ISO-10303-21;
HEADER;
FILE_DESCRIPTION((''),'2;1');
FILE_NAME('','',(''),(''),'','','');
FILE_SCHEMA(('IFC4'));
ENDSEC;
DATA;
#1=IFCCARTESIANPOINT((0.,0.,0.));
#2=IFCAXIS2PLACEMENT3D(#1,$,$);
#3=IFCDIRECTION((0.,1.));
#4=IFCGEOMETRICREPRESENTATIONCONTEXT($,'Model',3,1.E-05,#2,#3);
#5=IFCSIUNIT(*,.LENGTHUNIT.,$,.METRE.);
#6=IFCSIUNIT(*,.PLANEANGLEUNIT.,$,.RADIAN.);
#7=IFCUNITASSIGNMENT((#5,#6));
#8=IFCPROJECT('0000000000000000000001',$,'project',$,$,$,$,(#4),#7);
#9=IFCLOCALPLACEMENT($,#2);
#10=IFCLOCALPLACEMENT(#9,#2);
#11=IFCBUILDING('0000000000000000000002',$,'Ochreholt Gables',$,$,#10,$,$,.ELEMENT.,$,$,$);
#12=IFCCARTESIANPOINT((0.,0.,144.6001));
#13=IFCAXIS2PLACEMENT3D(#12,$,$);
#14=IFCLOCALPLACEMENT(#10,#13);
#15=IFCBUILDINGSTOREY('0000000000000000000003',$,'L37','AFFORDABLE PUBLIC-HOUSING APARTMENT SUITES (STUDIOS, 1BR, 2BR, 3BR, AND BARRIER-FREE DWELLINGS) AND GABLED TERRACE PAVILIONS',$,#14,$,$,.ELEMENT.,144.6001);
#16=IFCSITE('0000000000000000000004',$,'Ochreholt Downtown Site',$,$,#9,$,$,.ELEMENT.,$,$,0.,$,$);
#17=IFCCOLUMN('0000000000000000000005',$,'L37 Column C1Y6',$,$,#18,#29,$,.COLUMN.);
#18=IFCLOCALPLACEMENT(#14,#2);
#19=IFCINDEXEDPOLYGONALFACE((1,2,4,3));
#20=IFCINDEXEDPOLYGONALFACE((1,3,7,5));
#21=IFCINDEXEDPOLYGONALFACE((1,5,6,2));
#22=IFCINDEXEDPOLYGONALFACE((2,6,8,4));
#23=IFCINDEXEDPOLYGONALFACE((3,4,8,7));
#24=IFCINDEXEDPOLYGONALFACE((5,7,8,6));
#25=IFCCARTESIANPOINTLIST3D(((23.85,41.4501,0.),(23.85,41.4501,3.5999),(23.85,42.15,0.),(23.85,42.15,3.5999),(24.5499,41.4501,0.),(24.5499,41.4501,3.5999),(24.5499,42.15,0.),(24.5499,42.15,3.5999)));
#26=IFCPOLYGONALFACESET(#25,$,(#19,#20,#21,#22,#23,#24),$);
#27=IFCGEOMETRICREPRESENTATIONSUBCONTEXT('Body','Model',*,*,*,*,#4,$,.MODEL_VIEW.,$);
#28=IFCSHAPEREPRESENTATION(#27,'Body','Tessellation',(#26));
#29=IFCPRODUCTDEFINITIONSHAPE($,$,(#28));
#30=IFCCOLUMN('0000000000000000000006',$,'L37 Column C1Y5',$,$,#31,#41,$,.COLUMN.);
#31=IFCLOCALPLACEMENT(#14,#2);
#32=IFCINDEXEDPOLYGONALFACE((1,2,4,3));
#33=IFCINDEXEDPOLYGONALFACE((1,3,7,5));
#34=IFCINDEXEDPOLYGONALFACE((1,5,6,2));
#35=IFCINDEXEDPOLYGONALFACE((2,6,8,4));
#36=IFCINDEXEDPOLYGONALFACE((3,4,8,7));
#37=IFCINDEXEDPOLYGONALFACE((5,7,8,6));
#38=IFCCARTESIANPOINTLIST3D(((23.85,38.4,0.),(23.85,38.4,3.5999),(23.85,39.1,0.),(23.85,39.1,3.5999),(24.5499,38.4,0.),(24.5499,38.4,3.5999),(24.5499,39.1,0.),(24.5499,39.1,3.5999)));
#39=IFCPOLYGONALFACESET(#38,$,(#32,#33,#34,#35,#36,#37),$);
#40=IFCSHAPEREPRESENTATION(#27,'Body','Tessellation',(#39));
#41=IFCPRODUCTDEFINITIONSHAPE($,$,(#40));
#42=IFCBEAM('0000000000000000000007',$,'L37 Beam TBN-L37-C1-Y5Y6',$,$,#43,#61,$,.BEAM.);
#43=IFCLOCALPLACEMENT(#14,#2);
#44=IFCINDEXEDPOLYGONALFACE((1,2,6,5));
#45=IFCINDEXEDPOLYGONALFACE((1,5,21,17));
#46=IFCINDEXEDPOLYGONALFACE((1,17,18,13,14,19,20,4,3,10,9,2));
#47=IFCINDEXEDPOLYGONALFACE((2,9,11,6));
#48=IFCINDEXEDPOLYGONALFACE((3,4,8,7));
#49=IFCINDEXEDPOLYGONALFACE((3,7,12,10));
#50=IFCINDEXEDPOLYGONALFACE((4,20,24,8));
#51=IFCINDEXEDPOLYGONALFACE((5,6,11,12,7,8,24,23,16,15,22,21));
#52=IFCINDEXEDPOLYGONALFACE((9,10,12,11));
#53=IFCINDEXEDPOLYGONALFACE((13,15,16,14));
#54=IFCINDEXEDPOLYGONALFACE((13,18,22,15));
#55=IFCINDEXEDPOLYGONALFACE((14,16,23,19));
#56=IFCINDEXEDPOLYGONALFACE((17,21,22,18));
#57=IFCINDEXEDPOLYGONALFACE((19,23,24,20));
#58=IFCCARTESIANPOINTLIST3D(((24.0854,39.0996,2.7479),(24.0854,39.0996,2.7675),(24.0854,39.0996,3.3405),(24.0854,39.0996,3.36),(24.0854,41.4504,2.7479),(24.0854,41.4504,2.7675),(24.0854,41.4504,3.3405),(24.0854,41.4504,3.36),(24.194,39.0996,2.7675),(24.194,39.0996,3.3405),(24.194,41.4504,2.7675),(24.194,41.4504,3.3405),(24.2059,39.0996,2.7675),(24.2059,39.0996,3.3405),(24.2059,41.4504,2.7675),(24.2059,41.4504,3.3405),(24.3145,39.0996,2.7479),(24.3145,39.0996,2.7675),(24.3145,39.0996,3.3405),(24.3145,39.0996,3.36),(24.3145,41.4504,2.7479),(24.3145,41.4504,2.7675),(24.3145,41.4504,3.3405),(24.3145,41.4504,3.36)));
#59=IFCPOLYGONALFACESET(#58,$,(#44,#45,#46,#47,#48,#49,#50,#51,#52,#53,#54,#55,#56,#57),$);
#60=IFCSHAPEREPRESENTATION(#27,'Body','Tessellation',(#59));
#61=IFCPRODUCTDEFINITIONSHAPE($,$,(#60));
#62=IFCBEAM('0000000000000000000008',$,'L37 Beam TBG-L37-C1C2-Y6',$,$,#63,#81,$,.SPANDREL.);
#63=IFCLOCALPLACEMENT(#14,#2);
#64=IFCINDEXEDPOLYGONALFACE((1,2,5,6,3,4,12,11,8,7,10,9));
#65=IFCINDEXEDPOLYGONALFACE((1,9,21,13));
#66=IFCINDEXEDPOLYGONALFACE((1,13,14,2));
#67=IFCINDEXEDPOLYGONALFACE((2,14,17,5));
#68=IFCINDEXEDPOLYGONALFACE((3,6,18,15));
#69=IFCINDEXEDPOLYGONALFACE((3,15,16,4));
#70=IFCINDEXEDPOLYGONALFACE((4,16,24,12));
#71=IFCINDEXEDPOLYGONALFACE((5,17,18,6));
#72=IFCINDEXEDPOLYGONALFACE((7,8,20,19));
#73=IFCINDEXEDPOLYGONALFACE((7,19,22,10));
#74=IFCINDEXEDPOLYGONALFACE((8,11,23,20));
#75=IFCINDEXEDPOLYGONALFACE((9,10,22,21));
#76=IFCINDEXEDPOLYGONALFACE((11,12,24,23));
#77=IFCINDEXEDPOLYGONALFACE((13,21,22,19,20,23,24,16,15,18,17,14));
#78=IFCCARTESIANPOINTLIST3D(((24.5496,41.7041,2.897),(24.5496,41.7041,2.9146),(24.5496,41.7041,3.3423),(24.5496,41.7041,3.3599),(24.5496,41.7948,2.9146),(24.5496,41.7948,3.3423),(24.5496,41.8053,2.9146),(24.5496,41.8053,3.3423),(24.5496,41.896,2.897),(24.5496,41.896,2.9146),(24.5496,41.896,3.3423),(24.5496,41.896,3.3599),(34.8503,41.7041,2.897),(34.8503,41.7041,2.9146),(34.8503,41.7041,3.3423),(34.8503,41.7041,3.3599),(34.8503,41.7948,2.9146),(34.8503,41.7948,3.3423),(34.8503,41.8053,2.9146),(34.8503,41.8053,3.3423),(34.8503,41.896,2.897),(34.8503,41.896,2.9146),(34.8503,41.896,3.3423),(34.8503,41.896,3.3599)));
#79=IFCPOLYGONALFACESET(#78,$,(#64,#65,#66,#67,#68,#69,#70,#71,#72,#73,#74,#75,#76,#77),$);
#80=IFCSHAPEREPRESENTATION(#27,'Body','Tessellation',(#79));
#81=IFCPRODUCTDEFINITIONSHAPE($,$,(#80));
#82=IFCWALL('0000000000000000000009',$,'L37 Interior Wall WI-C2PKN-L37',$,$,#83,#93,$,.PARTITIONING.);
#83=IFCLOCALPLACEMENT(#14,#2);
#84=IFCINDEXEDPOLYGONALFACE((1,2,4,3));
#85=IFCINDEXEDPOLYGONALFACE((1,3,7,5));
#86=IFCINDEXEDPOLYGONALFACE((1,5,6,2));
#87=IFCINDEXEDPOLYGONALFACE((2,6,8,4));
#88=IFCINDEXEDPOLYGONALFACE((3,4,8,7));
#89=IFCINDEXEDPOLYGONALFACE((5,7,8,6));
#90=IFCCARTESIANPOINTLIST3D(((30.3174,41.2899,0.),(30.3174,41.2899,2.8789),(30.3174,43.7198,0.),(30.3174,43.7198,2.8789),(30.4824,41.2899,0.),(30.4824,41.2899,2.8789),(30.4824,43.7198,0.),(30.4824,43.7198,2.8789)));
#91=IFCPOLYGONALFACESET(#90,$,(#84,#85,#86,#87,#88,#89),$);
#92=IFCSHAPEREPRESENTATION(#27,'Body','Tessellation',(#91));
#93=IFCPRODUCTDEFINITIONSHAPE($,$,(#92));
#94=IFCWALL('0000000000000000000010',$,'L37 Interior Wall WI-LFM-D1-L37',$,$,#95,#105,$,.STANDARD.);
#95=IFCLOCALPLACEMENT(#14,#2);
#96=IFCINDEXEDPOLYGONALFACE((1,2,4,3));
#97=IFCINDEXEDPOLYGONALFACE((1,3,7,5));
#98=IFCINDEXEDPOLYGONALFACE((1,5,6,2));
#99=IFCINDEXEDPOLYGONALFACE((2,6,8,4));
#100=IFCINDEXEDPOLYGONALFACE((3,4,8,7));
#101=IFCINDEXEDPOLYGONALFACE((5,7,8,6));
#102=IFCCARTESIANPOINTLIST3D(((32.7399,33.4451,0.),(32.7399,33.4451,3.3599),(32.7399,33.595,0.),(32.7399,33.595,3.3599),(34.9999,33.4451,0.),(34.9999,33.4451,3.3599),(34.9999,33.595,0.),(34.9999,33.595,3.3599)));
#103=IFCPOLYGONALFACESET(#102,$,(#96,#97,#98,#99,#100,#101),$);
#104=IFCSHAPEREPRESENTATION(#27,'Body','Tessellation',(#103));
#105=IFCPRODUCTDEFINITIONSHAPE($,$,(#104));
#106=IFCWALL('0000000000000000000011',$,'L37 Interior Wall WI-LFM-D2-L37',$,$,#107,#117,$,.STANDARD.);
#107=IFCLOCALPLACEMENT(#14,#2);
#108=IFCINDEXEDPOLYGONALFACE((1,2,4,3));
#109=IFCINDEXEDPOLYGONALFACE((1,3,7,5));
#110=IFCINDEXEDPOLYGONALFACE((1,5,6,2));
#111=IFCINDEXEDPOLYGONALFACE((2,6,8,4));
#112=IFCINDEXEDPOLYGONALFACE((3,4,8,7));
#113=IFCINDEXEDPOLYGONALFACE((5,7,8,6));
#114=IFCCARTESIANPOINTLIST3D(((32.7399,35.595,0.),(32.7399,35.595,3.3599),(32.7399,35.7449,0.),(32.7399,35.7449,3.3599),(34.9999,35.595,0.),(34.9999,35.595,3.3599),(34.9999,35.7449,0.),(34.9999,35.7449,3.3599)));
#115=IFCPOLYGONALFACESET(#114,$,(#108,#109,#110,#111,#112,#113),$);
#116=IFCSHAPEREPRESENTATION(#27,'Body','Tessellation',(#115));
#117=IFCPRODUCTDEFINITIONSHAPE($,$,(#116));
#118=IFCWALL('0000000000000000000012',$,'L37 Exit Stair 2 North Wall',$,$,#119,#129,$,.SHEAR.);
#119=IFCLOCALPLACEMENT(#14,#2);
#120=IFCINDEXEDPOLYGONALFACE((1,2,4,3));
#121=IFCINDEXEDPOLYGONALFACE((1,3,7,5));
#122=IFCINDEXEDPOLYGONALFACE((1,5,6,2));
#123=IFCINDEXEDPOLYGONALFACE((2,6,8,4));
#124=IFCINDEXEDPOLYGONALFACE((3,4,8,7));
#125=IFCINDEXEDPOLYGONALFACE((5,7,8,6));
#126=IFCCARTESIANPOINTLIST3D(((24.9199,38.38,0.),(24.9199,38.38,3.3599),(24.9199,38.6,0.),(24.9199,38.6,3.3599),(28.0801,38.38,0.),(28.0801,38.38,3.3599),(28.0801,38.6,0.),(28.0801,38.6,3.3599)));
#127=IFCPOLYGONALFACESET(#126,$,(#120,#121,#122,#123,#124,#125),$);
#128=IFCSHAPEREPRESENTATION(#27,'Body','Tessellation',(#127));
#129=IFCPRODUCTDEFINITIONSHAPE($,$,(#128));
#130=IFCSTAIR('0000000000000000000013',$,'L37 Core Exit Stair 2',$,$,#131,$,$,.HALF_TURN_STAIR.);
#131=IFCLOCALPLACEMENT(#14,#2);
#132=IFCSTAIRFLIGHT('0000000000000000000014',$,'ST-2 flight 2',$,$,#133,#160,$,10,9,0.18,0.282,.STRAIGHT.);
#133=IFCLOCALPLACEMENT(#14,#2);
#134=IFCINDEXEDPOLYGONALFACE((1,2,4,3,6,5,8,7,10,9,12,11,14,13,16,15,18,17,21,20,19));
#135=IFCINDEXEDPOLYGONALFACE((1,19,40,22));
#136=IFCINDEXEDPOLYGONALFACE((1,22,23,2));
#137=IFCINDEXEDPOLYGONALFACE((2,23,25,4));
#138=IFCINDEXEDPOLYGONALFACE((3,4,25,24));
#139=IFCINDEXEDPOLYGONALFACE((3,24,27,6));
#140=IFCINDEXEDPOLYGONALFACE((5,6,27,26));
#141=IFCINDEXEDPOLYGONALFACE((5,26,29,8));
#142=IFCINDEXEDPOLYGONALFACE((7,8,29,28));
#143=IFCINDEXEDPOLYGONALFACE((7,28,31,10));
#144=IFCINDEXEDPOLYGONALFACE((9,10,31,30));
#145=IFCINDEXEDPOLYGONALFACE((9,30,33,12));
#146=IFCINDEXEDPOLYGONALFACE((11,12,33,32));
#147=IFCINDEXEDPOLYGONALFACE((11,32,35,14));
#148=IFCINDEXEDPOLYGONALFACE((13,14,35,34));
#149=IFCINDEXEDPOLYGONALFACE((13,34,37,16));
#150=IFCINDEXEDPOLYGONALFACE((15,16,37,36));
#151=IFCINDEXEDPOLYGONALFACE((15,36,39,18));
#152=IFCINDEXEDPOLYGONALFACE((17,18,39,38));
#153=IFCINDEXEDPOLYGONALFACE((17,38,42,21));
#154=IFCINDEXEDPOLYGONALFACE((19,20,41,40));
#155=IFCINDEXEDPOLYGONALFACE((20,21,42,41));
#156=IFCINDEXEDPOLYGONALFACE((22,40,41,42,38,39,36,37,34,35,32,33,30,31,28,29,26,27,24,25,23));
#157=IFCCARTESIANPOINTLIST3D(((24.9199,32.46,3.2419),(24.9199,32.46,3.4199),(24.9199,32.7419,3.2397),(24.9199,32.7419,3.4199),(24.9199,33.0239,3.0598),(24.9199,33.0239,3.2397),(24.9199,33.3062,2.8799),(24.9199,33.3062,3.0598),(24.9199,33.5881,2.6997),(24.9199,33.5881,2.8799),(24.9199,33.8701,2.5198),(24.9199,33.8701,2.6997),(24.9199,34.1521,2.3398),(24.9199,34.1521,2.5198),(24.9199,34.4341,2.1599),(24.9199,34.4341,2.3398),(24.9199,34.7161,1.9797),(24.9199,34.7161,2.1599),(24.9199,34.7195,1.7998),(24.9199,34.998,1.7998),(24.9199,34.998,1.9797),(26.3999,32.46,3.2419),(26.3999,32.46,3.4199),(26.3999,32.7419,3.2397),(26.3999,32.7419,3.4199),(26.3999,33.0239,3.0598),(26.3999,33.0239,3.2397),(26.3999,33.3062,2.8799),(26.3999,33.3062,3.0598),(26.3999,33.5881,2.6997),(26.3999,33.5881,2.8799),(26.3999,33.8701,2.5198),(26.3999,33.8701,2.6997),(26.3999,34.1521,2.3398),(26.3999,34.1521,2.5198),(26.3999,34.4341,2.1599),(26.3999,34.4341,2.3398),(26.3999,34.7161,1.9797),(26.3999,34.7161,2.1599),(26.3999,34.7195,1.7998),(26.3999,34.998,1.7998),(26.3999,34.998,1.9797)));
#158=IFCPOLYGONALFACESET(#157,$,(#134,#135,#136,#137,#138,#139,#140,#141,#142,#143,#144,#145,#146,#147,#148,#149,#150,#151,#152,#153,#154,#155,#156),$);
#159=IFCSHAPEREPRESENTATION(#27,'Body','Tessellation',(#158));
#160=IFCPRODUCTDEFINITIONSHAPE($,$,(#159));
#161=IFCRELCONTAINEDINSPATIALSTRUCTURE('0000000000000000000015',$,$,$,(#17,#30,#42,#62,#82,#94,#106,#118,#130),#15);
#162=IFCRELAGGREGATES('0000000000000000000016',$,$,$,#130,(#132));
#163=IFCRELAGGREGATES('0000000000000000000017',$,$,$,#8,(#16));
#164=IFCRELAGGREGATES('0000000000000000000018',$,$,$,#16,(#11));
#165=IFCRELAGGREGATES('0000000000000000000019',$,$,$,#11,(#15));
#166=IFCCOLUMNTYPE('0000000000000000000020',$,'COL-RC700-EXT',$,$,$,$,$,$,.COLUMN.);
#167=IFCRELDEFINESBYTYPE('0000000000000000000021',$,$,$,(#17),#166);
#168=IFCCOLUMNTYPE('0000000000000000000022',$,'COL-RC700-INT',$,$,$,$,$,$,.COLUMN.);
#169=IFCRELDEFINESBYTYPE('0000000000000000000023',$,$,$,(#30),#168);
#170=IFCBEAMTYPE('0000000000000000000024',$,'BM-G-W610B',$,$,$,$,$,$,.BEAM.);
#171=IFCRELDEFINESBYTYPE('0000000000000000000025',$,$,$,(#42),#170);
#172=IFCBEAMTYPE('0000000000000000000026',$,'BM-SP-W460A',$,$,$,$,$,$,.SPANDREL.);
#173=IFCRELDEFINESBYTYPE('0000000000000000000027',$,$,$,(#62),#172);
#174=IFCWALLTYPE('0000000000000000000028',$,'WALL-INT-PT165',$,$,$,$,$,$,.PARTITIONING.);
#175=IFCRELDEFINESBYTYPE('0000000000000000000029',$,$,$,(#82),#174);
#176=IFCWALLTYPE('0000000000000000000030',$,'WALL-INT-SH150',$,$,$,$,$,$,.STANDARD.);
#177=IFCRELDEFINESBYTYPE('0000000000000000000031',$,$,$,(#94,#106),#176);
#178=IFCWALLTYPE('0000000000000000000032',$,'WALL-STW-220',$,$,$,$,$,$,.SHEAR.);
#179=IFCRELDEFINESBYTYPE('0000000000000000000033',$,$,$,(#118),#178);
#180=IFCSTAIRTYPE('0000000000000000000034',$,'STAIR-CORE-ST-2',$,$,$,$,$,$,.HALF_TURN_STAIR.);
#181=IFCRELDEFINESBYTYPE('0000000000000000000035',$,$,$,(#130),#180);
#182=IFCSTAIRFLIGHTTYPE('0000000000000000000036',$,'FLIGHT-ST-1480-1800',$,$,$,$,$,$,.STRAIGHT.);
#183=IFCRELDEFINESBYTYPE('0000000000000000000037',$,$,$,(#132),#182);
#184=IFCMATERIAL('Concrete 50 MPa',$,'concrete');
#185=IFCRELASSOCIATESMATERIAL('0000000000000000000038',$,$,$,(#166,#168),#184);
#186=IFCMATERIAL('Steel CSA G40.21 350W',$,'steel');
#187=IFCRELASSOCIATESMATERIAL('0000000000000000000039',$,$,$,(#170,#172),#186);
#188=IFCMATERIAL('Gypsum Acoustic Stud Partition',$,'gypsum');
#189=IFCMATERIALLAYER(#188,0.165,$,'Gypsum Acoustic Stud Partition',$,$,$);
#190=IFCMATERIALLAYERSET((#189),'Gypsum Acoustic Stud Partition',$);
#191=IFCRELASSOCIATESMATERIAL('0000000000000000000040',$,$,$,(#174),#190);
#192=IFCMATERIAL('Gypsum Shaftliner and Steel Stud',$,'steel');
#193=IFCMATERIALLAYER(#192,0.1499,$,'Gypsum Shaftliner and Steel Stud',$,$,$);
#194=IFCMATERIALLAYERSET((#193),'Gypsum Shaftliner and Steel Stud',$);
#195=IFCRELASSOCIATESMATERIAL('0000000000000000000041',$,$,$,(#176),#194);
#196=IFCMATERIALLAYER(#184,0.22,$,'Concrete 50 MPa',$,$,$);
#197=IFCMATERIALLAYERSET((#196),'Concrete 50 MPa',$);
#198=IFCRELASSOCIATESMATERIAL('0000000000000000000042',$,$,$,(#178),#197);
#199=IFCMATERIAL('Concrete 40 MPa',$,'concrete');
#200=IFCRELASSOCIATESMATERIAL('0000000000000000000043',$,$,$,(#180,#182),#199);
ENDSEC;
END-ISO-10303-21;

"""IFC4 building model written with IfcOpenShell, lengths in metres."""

from ifc_helpers import new_model, si_unit, direction, frame, frame_2d, origin, origin_2d, place, context, subcontext, project, spatial, polyline, rectangle, i_section, outline, extrude, material, layer, layer_set, material_profile, profile_set, type_object, element, aggregate, save


model = new_model("IFC4")

# Units and contexts
model_context = context("Model", 3, precision=1e-05, world=origin(), true_north=direction((0.0, 1.0)))
body_context = subcontext(model_context, "Body", "Model", "MODEL_VIEW")
ifc_project = project(units=[si_unit("LENGTHUNIT", "METRE"), si_unit("PLANEANGLEUNIT", "RADIAN")], contexts=[model_context])

# Site, building, storey
site_placement = place(None, origin())
site = spatial("IfcSite", under=ifc_project, at=site_placement, Name="Ochreholt Downtown Site", CompositionType="ELEMENT", RefElevation=0.0)
building_placement = place(site_placement, origin())
building = spatial("IfcBuilding", under=site, at=building_placement, Name="Ochreholt Gables", CompositionType="ELEMENT")
storey_placement = place(building_placement, frame((0.0, 0.0, 144.6001)))
storey = spatial("IfcBuildingStorey", under=building, at=storey_placement, Name="L37", Description="AFFORDABLE PUBLIC-HOUSING APARTMENT SUITES (STUDIOS, 1BR, 2BR, 3BR, AND BARRIER-FREE DWELLINGS) AND GABLED TERRACE PAVILIONS", CompositionType="ELEMENT", Elevation=144.6001)

# Columns
ifc_material_1 = material(Name="Concrete 50 MPa", Category="concrete")
ifc_material_profile_1 = material_profile(ifc_material_1, rectangle(XDim=0.7, YDim=0.7, at=origin_2d()), Name="RC700X700")
ifc_profile_set_1 = profile_set([ifc_material_profile_1], Name="Concrete 50 MPa")
column_type_1 = type_object("IfcColumnType", Name="COL-RC700-EXT", PredefinedType="COLUMN", material=ifc_profile_set_1)
column_1_placement = place(storey_placement, frame((24.2, 41.8, 0.0), z_axis=(0.0, 0.0, 1.0), x_axis=(1.0, 0.0, 0.0)))
element("IfcColumn", 1, at=column_1_placement, inside=storey, type_object=column_type_1, Name="L37 Column C1Y6", PredefinedType="COLUMN", context=body_context, shape_type="SweptSolid", body=[
    extrude(rectangle(XDim=0.7, YDim=0.7, at=origin_2d()), origin(), (0.0, 0.0, 1.0), 3.5999),
])
ifc_material_profile_2 = material_profile(ifc_material_1, rectangle(XDim=0.7, YDim=0.7, at=origin_2d()), Name="RC700X700")
ifc_profile_set_2 = profile_set([ifc_material_profile_2], Name="Concrete 50 MPa")
column_type_2 = type_object("IfcColumnType", Name="COL-RC700-INT", PredefinedType="COLUMN", material=ifc_profile_set_2)
column_2_placement = place(storey_placement, frame((24.2, 38.75, 0.0), z_axis=(0.0, 0.0, 1.0), x_axis=(1.0, 0.0, 0.0)))
element("IfcColumn", 2, at=column_2_placement, inside=storey, type_object=column_type_2, Name="L37 Column C1Y5", PredefinedType="COLUMN", context=body_context, shape_type="SweptSolid", body=[
    extrude(rectangle(XDim=0.7, YDim=0.7, at=origin_2d()), origin(), (0.0, 0.0, 1.0), 3.5999),
])

# Beams
ifc_material_2 = material(Name="Steel CSA G40.21 350W", Category="steel")
ifc_material_profile_3 = material_profile(ifc_material_2, i_section(OverallWidth=0.229, OverallDepth=0.6121, WebThickness=0.012, FlangeThickness=0.0195, at=origin_2d()), Name="W610X125")
ifc_profile_set_3 = profile_set([ifc_material_profile_3], Name="Steel CSA G40.21 350W")
beam_type_1 = type_object("IfcBeamType", Name="BM-G-W610B", PredefinedType="BEAM", material=ifc_profile_set_3)
beam_1_placement = place(storey_placement, frame((24.2, 39.0996, 3.054), z_axis=(0.0, 1.0, 0.0), x_axis=(-1.0, 0.0, 0.0)))
element("IfcBeam", 3, at=beam_1_placement, inside=storey, type_object=beam_type_1, Name="L37 Beam TBN-L37-C1-Y5Y6", PredefinedType="BEAM", context=body_context, shape_type="SweptSolid", body=[
    extrude(i_section(OverallWidth=0.229, OverallDepth=0.6121, WebThickness=0.012, FlangeThickness=0.0195, at=origin_2d()), origin(), (0.0, 0.0, 1.0), 2.3508),
])
ifc_material_profile_4 = material_profile(ifc_material_2, i_section(OverallWidth=0.1919, OverallDepth=0.4629, WebThickness=0.0105, FlangeThickness=0.0176, at=origin_2d()), Name="W460X89")
ifc_profile_set_4 = profile_set([ifc_material_profile_4], Name="Steel CSA G40.21 350W")
beam_type_2 = type_object("IfcBeamType", Name="BM-SP-W460A", PredefinedType="SPANDREL", material=ifc_profile_set_4)
beam_2_placement = place(storey_placement, frame((24.5496, 41.8, 3.1284), z_axis=(1.0, 0.0, 0.0), x_axis=(0.0, 1.0, 0.0)))
element("IfcBeam", 4, at=beam_2_placement, inside=storey, type_object=beam_type_2, Name="L37 Beam TBG-L37-C1C2-Y6", PredefinedType="SPANDREL", context=body_context, shape_type="SweptSolid", body=[
    extrude(i_section(OverallWidth=0.1919, OverallDepth=0.4629, WebThickness=0.0105, FlangeThickness=0.0176, at=origin_2d()), origin(), (0.0, 0.0, 1.0), 10.3008),
])

# Walls
ifc_material_3 = material(Name="Gypsum Acoustic Stud Partition", Category="gypsum")
ifc_layer_1 = layer(ifc_material_3, 0.165, Name="Gypsum Acoustic Stud Partition")
ifc_layer_set_1 = layer_set([ifc_layer_1], Name="Gypsum Acoustic Stud Partition")
wall_type_1 = type_object("IfcWallType", Name="WALL-INT-PT165", PredefinedType="PARTITIONING", material=ifc_layer_set_1)
wall_1_placement = place(storey_placement, frame((30.3999, 41.29, 0.0), z_axis=(0.0, 0.0, 1.0), x_axis=(0.0, 1.0, 0.0)))
element("IfcWall", 5, at=wall_1_placement, inside=storey, type_object=wall_type_1, Name="L37 Interior Wall WI-C2PKN-L37", PredefinedType="PARTITIONING", context=body_context, shape_type="SweptSolid", body=[
    extrude(rectangle(XDim=2.4299, YDim=0.165, at=frame_2d((1.2148, 0.0))), origin(), (0.0, 0.0, 1.0), 2.8789),
])
ifc_material_4 = material(Name="Gypsum Shaftliner and Steel Stud", Category="steel")
ifc_layer_2 = layer(ifc_material_4, 0.1499, Name="Gypsum Shaftliner and Steel Stud")
ifc_layer_set_2 = layer_set([ifc_layer_2], Name="Gypsum Shaftliner and Steel Stud")
wall_type_2 = type_object("IfcWallType", Name="WALL-INT-SH150", PredefinedType="STANDARD", material=ifc_layer_set_2)
for number, where, z_axis, x_axis, name in (
    (6, (32.74, 33.52, 0.0), (0.0, 0.0, 1.0), (1.0, 0.0, 0.0), "L37 Interior Wall WI-LFM-D1-L37"),
    (7, (32.74, 35.6699, 0.0), (0.0, 0.0, 1.0), (1.0, 0.0, 0.0), "L37 Interior Wall WI-LFM-D2-L37"),
):
    element("IfcWall", number, at=place(storey_placement, frame(where, z_axis=z_axis, x_axis=x_axis)), inside=storey, type_object=wall_type_2, Name=name, PredefinedType="STANDARD", context=body_context, shape_type="SweptSolid", body=[
        extrude(rectangle(XDim=2.26, YDim=0.1499, at=frame_2d((1.1299, 0.0))), origin(), (0.0, 0.0, 1.0), 3.3599),
    ])
ifc_layer_3 = layer(ifc_material_1, 0.22, Name="Concrete 50 MPa")
ifc_layer_set_3 = layer_set([ifc_layer_3], Name="Concrete 50 MPa")
wall_type_3 = type_object("IfcWallType", Name="WALL-STW-220", PredefinedType="SHEAR", material=ifc_layer_set_3)
wall_2_placement = place(storey_placement, frame((24.9199, 38.49, 0.0), z_axis=(0.0, 0.0, 1.0), x_axis=(1.0, 0.0, 0.0)))
element("IfcWall", 8, at=wall_2_placement, inside=storey, type_object=wall_type_3, Name="L37 Exit Stair 2 North Wall", PredefinedType="SHEAR", context=body_context, shape_type="SweptSolid", body=[
    extrude(rectangle(XDim=3.1602, YDim=0.22, at=frame_2d((1.5801, 0.0))), origin(), (0.0, 0.0, 1.0), 3.3599),
])

# Stair, stair flight
ifc_material_5 = material(Name="Concrete 40 MPa", Category="concrete")
stair_type = type_object("IfcStairType", Name="STAIR-CORE-ST-2", PredefinedType="HALF_TURN_STAIR", material=ifc_material_5)
stair_placement = place(storey_placement, origin())
stair = element("IfcStair", 9, at=stair_placement, inside=storey, type_object=stair_type, Name="L37 Core Exit Stair 2", PredefinedType="HALF_TURN_STAIR")
stair_flight_type = type_object("IfcStairFlightType", Name="FLIGHT-ST-1480-1800", PredefinedType="STRAIGHT", material=ifc_material_5)
stair_flight_placement = place(storey_placement, frame((25.6599, 34.998, 1.7998), z_axis=(0.0, 0.0, 1.0), x_axis=(0.0, -1.0, 0.0)))
stair_flight = element("IfcStairFlight", 10, at=stair_flight_placement, type_object=stair_flight_type, Name="ST-2 flight 2", NumberOfRisers=10, NumberOfTreads=9, PredefinedType="STRAIGHT", RiserHeight=0.18, TreadLength=0.282, context=body_context, shape_type="SweptSolid", body=[
    extrude(outline(polyline([(0.0, 0.0), (0.0, 0.1799), (0.282, 0.1799), (0.282, 0.3601), (0.564, 0.3601), (0.564, 0.54), (0.8459, 0.54), (0.8459, 0.72), (1.1279, 0.72), (1.1279, 0.8999), (1.4099, 0.8999), (1.4099, 1.0801), (1.6919, 1.0801), (1.6919, 1.26), (1.9741, 1.26), (1.9741, 1.4399), (2.2561, 1.4399), (2.2561, 1.6201), (2.5381, 1.6201), (2.5381, 1.8), (2.5381, 1.4421), (0.2786, 0.0), (0.0, 0.0)])), frame((0.0, 0.74, 0.0), z_axis=(0.0, -1.0, 0.0), x_axis=(1.0, 0.0, 0.0)), (0.0, 0.0, 1.0), 1.48),
])
aggregate(stair, [stair_flight])

save(model, "model.ifc")
